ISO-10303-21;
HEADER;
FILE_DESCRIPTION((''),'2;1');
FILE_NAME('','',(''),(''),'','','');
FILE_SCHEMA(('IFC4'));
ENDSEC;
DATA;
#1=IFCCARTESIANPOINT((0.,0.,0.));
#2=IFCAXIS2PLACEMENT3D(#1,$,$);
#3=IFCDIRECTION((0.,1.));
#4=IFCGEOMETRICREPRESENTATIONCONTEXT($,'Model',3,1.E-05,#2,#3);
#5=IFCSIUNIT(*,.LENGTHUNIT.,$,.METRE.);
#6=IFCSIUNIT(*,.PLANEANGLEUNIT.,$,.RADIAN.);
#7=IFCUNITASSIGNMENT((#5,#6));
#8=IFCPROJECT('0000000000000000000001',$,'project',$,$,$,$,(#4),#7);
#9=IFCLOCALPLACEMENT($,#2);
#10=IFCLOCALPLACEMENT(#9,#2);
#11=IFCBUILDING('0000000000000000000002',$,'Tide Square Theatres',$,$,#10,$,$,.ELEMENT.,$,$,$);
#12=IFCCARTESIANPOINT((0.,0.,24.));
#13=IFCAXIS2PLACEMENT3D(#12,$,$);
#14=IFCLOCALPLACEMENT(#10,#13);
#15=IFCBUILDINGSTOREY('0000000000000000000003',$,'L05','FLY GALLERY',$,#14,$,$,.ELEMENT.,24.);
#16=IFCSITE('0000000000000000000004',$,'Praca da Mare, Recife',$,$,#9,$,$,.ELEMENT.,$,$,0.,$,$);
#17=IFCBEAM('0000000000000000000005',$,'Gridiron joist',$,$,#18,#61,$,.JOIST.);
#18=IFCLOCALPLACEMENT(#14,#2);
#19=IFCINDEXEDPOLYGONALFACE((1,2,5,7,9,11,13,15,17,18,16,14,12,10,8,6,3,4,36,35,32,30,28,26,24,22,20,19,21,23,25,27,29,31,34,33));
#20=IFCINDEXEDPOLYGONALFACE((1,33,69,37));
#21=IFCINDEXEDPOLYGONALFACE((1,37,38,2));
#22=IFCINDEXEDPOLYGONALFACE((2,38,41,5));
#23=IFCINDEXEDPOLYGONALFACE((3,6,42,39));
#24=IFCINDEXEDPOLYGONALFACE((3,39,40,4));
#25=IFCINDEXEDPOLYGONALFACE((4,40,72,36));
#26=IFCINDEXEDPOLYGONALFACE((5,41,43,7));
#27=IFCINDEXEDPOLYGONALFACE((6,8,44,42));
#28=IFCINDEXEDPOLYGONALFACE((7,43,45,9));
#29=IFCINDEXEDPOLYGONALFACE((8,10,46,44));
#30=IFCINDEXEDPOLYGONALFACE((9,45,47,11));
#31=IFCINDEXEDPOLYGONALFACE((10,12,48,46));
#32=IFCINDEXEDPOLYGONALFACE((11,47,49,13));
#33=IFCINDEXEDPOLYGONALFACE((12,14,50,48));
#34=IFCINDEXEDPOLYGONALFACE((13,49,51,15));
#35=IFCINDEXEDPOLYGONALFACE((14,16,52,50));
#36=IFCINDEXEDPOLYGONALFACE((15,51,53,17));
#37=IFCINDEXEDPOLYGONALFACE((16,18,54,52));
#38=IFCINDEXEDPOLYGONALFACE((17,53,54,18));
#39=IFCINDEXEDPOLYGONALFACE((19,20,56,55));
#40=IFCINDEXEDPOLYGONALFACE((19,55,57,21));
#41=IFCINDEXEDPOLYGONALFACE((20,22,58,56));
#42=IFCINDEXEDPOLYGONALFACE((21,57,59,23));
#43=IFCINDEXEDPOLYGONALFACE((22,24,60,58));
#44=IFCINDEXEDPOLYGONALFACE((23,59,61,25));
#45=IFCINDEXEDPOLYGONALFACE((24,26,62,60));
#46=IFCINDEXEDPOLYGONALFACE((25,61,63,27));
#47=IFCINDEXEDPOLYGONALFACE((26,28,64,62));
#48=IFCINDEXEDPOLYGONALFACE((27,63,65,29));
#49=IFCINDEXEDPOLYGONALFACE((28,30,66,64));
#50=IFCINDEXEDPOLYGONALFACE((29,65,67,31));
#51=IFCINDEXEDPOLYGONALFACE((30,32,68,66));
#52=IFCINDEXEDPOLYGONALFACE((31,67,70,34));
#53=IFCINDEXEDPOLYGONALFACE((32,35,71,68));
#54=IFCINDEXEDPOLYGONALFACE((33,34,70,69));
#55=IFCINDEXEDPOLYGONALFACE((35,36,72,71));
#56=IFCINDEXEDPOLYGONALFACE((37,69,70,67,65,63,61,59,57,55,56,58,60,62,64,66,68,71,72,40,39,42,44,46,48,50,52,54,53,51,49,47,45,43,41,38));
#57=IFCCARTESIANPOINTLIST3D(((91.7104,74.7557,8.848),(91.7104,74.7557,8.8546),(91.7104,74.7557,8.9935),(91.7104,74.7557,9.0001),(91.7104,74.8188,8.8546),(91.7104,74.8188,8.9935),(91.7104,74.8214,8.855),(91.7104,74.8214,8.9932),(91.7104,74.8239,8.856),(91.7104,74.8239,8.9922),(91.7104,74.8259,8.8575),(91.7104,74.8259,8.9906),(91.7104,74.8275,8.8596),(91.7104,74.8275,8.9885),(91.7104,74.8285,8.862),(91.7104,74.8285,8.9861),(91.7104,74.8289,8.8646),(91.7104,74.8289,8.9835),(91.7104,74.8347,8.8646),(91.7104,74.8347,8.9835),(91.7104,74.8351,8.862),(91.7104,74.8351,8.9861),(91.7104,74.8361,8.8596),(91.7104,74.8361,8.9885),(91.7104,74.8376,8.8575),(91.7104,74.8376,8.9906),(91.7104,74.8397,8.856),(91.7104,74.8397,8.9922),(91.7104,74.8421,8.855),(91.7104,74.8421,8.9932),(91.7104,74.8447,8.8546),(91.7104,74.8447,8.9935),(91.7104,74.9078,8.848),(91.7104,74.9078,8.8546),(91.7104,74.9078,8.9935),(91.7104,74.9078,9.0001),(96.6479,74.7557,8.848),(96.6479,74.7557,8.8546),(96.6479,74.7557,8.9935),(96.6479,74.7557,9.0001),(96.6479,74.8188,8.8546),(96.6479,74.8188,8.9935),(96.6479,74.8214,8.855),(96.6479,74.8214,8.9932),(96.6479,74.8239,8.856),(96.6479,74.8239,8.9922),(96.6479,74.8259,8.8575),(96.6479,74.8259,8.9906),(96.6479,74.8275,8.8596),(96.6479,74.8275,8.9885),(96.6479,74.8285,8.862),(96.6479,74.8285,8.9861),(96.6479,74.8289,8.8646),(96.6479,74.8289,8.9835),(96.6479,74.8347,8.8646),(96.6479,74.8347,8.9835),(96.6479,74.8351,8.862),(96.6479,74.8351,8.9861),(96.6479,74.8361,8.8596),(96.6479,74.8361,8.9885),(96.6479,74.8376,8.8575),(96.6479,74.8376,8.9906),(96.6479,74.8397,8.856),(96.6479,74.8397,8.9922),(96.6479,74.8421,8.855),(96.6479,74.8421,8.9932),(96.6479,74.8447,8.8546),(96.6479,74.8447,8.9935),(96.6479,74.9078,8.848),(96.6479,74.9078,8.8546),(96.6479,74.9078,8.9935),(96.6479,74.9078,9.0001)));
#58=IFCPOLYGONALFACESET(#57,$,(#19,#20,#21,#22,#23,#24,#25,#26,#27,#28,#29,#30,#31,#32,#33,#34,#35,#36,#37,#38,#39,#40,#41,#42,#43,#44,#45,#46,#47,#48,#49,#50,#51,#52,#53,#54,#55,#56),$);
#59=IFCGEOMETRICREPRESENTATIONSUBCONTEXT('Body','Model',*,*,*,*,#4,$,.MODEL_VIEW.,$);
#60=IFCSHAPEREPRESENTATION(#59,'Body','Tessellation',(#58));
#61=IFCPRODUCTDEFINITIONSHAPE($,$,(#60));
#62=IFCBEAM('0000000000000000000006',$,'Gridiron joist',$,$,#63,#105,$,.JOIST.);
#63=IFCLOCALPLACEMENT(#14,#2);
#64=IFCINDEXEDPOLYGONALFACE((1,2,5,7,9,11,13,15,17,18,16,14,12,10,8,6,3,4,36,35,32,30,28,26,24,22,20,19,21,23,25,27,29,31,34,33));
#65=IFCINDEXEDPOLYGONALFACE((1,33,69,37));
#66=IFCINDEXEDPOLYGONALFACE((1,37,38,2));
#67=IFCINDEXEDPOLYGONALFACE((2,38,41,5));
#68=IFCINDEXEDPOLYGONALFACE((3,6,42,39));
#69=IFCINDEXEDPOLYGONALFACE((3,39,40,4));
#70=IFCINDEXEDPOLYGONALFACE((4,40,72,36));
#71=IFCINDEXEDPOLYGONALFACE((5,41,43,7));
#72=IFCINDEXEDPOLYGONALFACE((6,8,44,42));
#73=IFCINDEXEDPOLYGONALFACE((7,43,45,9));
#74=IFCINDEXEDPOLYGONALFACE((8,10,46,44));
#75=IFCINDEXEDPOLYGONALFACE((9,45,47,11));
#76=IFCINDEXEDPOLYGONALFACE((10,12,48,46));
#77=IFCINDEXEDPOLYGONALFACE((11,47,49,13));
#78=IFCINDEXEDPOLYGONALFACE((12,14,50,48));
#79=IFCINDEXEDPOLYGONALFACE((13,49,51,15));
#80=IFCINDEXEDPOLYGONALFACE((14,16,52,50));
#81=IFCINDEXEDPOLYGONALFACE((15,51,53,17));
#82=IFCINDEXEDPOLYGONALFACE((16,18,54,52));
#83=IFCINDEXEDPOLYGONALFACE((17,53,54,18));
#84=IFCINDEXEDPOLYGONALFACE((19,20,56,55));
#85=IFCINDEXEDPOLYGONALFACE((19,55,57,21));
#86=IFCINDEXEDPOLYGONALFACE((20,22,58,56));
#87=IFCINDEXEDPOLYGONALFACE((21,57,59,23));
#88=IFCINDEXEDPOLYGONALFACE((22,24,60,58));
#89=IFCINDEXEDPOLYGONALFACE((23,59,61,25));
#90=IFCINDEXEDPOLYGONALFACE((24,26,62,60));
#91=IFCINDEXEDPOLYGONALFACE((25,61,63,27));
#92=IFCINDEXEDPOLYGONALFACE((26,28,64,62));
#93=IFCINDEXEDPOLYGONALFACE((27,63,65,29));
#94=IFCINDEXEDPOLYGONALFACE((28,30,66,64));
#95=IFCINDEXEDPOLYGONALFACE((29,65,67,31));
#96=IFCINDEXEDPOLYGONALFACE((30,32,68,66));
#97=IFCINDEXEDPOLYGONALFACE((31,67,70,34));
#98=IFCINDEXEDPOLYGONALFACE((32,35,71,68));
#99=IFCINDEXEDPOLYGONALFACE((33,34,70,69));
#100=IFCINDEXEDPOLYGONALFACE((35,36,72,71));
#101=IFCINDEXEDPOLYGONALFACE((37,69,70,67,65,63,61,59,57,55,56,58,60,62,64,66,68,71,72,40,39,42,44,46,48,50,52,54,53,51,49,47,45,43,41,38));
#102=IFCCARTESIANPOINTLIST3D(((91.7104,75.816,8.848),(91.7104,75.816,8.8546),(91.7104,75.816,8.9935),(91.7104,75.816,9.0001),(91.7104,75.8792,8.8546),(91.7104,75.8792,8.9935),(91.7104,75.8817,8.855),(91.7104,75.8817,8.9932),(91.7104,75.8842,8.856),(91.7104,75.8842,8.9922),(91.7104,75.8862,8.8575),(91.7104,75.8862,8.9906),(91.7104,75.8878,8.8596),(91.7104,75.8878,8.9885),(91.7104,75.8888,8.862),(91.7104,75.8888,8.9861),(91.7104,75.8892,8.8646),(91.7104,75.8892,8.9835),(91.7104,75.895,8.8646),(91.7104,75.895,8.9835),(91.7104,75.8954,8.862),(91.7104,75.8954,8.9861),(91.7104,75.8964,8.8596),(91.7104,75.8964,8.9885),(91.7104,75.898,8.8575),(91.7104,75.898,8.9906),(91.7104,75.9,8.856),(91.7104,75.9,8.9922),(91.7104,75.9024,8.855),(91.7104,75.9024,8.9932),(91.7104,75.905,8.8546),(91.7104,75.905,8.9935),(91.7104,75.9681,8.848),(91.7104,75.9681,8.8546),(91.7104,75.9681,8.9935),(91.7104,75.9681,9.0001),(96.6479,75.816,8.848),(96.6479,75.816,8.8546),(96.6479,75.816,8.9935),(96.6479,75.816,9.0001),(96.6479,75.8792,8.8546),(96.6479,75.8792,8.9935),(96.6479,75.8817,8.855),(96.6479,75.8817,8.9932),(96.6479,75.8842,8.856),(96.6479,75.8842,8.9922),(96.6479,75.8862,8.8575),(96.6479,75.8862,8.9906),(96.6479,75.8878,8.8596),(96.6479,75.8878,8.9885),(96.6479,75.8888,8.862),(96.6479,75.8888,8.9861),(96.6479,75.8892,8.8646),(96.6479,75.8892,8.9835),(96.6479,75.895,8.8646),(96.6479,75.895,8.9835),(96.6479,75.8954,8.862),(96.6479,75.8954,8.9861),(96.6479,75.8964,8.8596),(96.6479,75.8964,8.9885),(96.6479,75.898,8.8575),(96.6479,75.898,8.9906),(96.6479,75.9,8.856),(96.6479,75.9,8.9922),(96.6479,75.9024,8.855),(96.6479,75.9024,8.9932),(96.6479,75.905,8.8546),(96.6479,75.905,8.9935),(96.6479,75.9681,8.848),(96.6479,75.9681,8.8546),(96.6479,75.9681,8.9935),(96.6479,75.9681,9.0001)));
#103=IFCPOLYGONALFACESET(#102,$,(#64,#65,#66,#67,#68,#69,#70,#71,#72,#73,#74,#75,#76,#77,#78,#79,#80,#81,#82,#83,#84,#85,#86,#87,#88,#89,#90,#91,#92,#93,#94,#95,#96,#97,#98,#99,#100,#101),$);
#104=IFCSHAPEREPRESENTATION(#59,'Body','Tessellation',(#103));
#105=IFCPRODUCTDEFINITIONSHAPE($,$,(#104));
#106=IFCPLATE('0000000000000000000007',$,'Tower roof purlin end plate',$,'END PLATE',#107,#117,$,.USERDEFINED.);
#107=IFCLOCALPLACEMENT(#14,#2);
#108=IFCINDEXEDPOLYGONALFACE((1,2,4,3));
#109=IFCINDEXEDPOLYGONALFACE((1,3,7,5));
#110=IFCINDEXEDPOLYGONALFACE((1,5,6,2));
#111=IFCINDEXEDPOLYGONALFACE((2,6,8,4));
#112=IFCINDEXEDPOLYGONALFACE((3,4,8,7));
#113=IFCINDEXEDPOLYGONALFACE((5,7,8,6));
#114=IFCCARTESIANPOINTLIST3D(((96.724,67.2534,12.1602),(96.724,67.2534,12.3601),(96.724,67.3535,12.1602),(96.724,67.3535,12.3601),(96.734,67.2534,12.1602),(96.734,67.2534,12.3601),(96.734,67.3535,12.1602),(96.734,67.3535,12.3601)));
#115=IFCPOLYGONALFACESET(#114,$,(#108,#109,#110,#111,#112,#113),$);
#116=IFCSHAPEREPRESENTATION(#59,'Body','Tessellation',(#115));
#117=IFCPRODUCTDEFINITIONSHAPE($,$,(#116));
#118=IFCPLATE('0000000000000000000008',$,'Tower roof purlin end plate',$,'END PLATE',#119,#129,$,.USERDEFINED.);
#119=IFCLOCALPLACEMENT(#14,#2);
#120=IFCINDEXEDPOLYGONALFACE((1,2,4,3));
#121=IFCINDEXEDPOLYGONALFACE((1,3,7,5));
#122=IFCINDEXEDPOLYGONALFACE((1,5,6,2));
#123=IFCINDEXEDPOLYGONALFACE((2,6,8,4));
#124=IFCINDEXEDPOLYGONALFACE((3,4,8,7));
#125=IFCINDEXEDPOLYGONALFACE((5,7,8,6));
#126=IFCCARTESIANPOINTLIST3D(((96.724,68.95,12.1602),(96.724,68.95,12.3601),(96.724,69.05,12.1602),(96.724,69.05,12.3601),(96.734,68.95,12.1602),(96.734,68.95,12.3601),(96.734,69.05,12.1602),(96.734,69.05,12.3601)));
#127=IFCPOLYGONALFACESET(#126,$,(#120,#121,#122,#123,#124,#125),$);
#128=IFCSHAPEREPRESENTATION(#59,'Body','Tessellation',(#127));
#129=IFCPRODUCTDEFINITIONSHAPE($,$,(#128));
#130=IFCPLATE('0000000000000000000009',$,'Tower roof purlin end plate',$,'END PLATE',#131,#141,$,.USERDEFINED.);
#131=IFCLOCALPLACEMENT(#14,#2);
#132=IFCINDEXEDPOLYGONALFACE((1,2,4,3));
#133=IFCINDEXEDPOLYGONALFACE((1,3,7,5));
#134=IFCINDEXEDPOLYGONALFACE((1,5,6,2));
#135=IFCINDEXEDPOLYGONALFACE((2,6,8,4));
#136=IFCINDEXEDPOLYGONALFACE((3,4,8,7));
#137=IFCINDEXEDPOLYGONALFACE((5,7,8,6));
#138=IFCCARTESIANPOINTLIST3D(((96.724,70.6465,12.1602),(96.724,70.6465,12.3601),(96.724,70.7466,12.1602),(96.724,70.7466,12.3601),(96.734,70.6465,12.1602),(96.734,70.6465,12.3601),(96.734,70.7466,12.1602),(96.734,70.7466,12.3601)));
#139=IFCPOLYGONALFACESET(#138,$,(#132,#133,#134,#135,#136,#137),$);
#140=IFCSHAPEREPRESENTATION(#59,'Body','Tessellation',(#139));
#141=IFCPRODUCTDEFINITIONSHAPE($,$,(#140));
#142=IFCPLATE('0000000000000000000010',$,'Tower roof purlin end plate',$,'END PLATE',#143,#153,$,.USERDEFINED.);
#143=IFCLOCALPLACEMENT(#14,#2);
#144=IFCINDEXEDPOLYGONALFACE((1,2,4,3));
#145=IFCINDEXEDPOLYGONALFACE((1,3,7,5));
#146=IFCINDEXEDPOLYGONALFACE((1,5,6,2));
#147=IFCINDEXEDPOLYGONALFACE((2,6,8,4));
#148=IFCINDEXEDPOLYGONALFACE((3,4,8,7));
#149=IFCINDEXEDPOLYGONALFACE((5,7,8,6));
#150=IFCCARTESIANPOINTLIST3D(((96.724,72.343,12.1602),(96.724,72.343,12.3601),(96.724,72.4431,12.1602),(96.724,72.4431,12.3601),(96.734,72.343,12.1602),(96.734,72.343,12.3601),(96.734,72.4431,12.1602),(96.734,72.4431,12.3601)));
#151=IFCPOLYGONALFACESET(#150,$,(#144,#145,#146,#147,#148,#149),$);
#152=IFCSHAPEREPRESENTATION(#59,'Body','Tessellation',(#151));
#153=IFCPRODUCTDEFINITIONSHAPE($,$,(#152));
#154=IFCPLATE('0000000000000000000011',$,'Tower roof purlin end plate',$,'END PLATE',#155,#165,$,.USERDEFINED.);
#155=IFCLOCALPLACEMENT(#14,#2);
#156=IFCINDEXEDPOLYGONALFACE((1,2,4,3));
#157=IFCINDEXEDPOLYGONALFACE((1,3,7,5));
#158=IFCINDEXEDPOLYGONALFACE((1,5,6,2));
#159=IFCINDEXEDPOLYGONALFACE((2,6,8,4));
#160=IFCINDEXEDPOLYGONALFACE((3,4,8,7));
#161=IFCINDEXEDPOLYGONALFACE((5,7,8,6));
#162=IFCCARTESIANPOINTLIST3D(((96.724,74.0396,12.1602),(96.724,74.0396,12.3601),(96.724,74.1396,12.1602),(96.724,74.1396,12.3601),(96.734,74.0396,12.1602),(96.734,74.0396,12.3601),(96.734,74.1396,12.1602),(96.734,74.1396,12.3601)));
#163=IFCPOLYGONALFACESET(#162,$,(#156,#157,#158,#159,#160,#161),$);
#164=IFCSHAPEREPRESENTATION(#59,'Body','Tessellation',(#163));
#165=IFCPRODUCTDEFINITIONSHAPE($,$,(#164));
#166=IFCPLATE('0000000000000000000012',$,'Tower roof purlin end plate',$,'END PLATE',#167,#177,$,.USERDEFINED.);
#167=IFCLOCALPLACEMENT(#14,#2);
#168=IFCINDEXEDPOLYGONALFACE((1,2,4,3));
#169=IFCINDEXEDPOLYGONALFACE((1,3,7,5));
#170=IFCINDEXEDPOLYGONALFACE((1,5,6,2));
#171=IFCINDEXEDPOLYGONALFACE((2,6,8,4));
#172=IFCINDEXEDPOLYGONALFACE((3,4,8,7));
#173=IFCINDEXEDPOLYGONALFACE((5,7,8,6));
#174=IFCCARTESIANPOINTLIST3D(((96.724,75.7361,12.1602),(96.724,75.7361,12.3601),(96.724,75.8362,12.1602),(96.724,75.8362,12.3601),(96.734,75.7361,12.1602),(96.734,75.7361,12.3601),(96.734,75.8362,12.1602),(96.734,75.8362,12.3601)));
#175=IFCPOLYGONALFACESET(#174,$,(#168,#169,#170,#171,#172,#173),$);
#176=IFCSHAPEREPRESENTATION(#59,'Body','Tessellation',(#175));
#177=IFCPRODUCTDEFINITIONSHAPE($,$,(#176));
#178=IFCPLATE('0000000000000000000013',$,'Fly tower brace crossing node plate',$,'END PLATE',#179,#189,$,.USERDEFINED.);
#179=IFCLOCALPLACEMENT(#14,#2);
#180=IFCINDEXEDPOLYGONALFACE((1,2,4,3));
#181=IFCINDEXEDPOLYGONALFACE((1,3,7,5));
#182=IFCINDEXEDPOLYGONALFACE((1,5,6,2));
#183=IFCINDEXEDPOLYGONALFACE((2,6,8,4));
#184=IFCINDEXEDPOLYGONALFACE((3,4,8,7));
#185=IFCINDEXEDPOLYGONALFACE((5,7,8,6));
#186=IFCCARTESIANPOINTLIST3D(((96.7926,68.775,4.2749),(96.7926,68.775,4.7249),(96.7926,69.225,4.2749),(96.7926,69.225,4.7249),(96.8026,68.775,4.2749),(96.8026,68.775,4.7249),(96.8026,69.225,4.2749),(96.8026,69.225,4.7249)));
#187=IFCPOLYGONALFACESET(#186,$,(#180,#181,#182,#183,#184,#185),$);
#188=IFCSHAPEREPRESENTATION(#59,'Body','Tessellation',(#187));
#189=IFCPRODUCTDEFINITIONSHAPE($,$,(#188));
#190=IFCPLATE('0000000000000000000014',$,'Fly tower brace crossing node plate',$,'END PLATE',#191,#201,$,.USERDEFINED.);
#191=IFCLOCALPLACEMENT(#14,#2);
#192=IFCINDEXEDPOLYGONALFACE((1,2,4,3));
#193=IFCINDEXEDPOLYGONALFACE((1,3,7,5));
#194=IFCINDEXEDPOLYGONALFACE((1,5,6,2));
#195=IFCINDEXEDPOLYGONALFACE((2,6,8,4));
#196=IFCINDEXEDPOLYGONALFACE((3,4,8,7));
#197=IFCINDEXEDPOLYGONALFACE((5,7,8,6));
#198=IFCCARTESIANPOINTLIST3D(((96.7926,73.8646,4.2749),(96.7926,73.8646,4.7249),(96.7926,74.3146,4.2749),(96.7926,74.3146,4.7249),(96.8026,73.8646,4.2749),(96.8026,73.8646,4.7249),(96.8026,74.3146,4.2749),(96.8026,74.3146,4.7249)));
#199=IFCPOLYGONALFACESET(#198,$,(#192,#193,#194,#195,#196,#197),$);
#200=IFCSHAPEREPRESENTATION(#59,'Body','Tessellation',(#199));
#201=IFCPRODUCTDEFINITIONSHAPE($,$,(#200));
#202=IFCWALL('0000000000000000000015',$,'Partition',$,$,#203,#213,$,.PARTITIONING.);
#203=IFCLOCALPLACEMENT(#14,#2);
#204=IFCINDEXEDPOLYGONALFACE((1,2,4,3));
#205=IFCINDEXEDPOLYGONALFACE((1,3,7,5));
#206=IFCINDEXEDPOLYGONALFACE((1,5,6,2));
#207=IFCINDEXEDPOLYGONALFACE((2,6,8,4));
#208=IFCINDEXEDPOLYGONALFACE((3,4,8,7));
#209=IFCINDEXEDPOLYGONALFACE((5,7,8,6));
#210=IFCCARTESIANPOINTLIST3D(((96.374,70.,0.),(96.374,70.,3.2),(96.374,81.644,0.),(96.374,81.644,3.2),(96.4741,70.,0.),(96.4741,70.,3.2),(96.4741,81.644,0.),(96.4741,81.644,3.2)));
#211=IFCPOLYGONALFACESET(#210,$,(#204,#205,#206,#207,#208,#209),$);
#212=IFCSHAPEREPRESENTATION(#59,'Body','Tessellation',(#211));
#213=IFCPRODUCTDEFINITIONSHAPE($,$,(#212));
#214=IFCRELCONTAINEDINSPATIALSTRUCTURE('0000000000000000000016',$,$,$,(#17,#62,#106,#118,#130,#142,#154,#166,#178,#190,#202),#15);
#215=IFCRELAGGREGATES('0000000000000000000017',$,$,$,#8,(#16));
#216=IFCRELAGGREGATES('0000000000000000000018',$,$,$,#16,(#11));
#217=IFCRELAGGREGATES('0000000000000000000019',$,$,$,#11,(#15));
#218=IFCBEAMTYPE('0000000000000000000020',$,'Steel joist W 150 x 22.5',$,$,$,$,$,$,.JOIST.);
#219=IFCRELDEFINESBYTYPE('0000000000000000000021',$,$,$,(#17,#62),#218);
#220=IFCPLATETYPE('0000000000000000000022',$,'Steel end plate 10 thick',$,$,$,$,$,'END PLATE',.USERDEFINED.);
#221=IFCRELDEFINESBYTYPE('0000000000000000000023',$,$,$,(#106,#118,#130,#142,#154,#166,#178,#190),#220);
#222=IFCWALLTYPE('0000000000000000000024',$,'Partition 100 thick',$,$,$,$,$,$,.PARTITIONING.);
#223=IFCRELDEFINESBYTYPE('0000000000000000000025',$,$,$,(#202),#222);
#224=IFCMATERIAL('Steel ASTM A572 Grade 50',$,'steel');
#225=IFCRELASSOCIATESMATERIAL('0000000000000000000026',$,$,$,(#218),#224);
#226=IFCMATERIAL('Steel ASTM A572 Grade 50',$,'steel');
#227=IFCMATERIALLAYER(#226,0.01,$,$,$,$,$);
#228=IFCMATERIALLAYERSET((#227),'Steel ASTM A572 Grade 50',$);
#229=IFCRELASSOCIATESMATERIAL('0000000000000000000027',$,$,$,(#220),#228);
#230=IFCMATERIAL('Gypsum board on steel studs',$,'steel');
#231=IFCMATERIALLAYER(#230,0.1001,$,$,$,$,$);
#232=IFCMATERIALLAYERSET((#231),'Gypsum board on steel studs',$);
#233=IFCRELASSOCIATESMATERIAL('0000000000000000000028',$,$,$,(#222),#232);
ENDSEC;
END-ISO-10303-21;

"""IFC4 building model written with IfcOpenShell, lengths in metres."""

from ifc_helpers import new_model, si_unit, direction, frame, frame_2d, origin, origin_2d, place, context, subcontext, project, spatial, rectangle, i_section, extrude, material, layer, layer_set, material_profile, profile_set, type_object, element, save


model = new_model("IFC4")

# Units and contexts
model_context = context("Model", 3, precision=1e-05, world=origin(), true_north=direction((0.0, 1.0)))
body_context = subcontext(model_context, "Body", "Model", "MODEL_VIEW")
ifc_project = project(units=[si_unit("LENGTHUNIT", "METRE"), si_unit("PLANEANGLEUNIT", "RADIAN")], contexts=[model_context])

# Site, building, storey
site_placement = place(None, origin())
site = spatial("IfcSite", under=ifc_project, at=site_placement, Name="Praca da Mare, Recife", CompositionType="ELEMENT", RefElevation=0.0)
building_placement = place(site_placement, origin())
building = spatial("IfcBuilding", under=site, at=building_placement, Name="Tide Square Theatres", CompositionType="ELEMENT")
storey_placement = place(building_placement, frame((0.0, 0.0, 24.0)))
storey = spatial("IfcBuildingStorey", under=building, at=storey_placement, Name="L05", Description="FLY GALLERY", CompositionType="ELEMENT", Elevation=24.0)

# Beams
ifc_material_1 = material(Name="Steel ASTM A572 Grade 50", Category="steel")
ifc_material_profile_1 = material_profile(ifc_material_1, i_section(OverallWidth=0.1521, OverallDepth=0.1521, WebThickness=0.0059, FlangeThickness=0.0066, FilletRadius=0.01, at=origin_2d()))
ifc_profile_set_1 = profile_set([ifc_material_profile_1], Name="Steel ASTM A572 Grade 50")
beam_type_1 = type_object("IfcBeamType", Name="Steel joist W 150 x 22.5", PredefinedType="JOIST", material=ifc_profile_set_1)
for number, where, z_axis, x_axis, name in (
    (1, (91.7104, 74.8318, 8.9241), (1.0, 0.0, 0.0), (0.0, 1.0, 0.0), "Gridiron joist"),
    (2, (91.7104, 75.8921, 8.9241), (1.0, 0.0, 0.0), (0.0, 1.0, 0.0), "Gridiron joist"),
):
    element("IfcBeam", number, at=place(storey_placement, frame(where, z_axis=z_axis, x_axis=x_axis)), inside=storey, type_object=beam_type_1, Name=name, PredefinedType="JOIST", context=body_context, shape_type="SweptSolid", body=[
        extrude(i_section(OverallWidth=0.1521, OverallDepth=0.1521, WebThickness=0.0059, FlangeThickness=0.0066, FilletRadius=0.01, at=origin_2d()), origin(), (0.0, 0.0, 1.0), 4.9375),
    ])

# Plates
ifc_material_2 = material(Name="Steel ASTM A572 Grade 50", Category="steel")
ifc_layer_1 = layer(ifc_material_2, 0.01)
ifc_layer_set_1 = layer_set([ifc_layer_1], Name="Steel ASTM A572 Grade 50")
plate_type = type_object("IfcPlateType", Name="Steel end plate 10 thick", ElementType="END PLATE", PredefinedType="USERDEFINED", material=ifc_layer_set_1)
for number, where, z_axis, x_axis, name in (
    (3, (96.729, 67.3035, 12.1602), (0.0, 0.0, 1.0), (1.0, 0.0, 0.0), "Tower roof purlin end plate"),
    (4, (96.729, 69.0, 12.1602), (0.0, 0.0, 1.0), (1.0, 0.0, 0.0), "Tower roof purlin end plate"),
    (5, (96.729, 70.6965, 12.1602), (0.0, 0.0, 1.0), (1.0, 0.0, 0.0), "Tower roof purlin end plate"),
    (6, (96.729, 72.3931, 12.1602), (0.0, 0.0, 1.0), (1.0, 0.0, 0.0), "Tower roof purlin end plate"),
    (7, (96.729, 74.0896, 12.1602), (0.0, 0.0, 1.0), (1.0, 0.0, 0.0), "Tower roof purlin end plate"),
    (8, (96.729, 75.7861, 12.1602), (0.0, 0.0, 1.0), (1.0, 0.0, 0.0), "Tower roof purlin end plate"),
):
    element("IfcPlate", number, at=place(storey_placement, frame(where, z_axis=z_axis, x_axis=x_axis)), inside=storey, type_object=plate_type, Name=name, ObjectType="END PLATE", PredefinedType="USERDEFINED", context=body_context, shape_type="SweptSolid", body=[
        extrude(rectangle(XDim=0.01, YDim=0.1001, at=origin_2d()), origin(), (0.0, 0.0, 1.0), 0.2),
    ])
for number, where, z_axis, x_axis, name in (
    (9, (96.7976, 69.0, 4.2749), (0.0, 0.0, 1.0), (1.0, 0.0, 0.0), "Fly tower brace crossing node plate"),
    (10, (96.7976, 74.0896, 4.2749), (0.0, 0.0, 1.0), (1.0, 0.0, 0.0), "Fly tower brace crossing node plate"),
):
    element("IfcPlate", number, at=place(storey_placement, frame(where, z_axis=z_axis, x_axis=x_axis)), inside=storey, type_object=plate_type, Name=name, ObjectType="END PLATE", PredefinedType="USERDEFINED", context=body_context, shape_type="SweptSolid", body=[
        extrude(rectangle(XDim=0.01, YDim=0.45, at=origin_2d()), origin(), (0.0, 0.0, 1.0), 0.45),
    ])

# Wall
ifc_material_3 = material(Name="Gypsum board on steel studs", Category="steel")
ifc_layer_2 = layer(ifc_material_3, 0.1001)
ifc_layer_set_2 = layer_set([ifc_layer_2], Name="Gypsum board on steel studs")
wall_type_1 = type_object("IfcWallType", Name="Partition 100 thick", PredefinedType="PARTITIONING", material=ifc_layer_set_2)
wall_1_placement = place(storey_placement, frame((96.4241, 70.0, 0.0), z_axis=(0.0, 0.0, 1.0), x_axis=(0.0, 1.0, 0.0)))
element("IfcWall", 11, at=wall_1_placement, inside=storey, type_object=wall_type_1, Name="Partition", PredefinedType="PARTITIONING", context=body_context, shape_type="SweptSolid", body=[
    extrude(rectangle(XDim=11.644, YDim=0.1001, at=frame_2d((5.822, 0.0))), origin(), (0.0, 0.0, 1.0), 3.2),
])

save(model, "model.ifc")
